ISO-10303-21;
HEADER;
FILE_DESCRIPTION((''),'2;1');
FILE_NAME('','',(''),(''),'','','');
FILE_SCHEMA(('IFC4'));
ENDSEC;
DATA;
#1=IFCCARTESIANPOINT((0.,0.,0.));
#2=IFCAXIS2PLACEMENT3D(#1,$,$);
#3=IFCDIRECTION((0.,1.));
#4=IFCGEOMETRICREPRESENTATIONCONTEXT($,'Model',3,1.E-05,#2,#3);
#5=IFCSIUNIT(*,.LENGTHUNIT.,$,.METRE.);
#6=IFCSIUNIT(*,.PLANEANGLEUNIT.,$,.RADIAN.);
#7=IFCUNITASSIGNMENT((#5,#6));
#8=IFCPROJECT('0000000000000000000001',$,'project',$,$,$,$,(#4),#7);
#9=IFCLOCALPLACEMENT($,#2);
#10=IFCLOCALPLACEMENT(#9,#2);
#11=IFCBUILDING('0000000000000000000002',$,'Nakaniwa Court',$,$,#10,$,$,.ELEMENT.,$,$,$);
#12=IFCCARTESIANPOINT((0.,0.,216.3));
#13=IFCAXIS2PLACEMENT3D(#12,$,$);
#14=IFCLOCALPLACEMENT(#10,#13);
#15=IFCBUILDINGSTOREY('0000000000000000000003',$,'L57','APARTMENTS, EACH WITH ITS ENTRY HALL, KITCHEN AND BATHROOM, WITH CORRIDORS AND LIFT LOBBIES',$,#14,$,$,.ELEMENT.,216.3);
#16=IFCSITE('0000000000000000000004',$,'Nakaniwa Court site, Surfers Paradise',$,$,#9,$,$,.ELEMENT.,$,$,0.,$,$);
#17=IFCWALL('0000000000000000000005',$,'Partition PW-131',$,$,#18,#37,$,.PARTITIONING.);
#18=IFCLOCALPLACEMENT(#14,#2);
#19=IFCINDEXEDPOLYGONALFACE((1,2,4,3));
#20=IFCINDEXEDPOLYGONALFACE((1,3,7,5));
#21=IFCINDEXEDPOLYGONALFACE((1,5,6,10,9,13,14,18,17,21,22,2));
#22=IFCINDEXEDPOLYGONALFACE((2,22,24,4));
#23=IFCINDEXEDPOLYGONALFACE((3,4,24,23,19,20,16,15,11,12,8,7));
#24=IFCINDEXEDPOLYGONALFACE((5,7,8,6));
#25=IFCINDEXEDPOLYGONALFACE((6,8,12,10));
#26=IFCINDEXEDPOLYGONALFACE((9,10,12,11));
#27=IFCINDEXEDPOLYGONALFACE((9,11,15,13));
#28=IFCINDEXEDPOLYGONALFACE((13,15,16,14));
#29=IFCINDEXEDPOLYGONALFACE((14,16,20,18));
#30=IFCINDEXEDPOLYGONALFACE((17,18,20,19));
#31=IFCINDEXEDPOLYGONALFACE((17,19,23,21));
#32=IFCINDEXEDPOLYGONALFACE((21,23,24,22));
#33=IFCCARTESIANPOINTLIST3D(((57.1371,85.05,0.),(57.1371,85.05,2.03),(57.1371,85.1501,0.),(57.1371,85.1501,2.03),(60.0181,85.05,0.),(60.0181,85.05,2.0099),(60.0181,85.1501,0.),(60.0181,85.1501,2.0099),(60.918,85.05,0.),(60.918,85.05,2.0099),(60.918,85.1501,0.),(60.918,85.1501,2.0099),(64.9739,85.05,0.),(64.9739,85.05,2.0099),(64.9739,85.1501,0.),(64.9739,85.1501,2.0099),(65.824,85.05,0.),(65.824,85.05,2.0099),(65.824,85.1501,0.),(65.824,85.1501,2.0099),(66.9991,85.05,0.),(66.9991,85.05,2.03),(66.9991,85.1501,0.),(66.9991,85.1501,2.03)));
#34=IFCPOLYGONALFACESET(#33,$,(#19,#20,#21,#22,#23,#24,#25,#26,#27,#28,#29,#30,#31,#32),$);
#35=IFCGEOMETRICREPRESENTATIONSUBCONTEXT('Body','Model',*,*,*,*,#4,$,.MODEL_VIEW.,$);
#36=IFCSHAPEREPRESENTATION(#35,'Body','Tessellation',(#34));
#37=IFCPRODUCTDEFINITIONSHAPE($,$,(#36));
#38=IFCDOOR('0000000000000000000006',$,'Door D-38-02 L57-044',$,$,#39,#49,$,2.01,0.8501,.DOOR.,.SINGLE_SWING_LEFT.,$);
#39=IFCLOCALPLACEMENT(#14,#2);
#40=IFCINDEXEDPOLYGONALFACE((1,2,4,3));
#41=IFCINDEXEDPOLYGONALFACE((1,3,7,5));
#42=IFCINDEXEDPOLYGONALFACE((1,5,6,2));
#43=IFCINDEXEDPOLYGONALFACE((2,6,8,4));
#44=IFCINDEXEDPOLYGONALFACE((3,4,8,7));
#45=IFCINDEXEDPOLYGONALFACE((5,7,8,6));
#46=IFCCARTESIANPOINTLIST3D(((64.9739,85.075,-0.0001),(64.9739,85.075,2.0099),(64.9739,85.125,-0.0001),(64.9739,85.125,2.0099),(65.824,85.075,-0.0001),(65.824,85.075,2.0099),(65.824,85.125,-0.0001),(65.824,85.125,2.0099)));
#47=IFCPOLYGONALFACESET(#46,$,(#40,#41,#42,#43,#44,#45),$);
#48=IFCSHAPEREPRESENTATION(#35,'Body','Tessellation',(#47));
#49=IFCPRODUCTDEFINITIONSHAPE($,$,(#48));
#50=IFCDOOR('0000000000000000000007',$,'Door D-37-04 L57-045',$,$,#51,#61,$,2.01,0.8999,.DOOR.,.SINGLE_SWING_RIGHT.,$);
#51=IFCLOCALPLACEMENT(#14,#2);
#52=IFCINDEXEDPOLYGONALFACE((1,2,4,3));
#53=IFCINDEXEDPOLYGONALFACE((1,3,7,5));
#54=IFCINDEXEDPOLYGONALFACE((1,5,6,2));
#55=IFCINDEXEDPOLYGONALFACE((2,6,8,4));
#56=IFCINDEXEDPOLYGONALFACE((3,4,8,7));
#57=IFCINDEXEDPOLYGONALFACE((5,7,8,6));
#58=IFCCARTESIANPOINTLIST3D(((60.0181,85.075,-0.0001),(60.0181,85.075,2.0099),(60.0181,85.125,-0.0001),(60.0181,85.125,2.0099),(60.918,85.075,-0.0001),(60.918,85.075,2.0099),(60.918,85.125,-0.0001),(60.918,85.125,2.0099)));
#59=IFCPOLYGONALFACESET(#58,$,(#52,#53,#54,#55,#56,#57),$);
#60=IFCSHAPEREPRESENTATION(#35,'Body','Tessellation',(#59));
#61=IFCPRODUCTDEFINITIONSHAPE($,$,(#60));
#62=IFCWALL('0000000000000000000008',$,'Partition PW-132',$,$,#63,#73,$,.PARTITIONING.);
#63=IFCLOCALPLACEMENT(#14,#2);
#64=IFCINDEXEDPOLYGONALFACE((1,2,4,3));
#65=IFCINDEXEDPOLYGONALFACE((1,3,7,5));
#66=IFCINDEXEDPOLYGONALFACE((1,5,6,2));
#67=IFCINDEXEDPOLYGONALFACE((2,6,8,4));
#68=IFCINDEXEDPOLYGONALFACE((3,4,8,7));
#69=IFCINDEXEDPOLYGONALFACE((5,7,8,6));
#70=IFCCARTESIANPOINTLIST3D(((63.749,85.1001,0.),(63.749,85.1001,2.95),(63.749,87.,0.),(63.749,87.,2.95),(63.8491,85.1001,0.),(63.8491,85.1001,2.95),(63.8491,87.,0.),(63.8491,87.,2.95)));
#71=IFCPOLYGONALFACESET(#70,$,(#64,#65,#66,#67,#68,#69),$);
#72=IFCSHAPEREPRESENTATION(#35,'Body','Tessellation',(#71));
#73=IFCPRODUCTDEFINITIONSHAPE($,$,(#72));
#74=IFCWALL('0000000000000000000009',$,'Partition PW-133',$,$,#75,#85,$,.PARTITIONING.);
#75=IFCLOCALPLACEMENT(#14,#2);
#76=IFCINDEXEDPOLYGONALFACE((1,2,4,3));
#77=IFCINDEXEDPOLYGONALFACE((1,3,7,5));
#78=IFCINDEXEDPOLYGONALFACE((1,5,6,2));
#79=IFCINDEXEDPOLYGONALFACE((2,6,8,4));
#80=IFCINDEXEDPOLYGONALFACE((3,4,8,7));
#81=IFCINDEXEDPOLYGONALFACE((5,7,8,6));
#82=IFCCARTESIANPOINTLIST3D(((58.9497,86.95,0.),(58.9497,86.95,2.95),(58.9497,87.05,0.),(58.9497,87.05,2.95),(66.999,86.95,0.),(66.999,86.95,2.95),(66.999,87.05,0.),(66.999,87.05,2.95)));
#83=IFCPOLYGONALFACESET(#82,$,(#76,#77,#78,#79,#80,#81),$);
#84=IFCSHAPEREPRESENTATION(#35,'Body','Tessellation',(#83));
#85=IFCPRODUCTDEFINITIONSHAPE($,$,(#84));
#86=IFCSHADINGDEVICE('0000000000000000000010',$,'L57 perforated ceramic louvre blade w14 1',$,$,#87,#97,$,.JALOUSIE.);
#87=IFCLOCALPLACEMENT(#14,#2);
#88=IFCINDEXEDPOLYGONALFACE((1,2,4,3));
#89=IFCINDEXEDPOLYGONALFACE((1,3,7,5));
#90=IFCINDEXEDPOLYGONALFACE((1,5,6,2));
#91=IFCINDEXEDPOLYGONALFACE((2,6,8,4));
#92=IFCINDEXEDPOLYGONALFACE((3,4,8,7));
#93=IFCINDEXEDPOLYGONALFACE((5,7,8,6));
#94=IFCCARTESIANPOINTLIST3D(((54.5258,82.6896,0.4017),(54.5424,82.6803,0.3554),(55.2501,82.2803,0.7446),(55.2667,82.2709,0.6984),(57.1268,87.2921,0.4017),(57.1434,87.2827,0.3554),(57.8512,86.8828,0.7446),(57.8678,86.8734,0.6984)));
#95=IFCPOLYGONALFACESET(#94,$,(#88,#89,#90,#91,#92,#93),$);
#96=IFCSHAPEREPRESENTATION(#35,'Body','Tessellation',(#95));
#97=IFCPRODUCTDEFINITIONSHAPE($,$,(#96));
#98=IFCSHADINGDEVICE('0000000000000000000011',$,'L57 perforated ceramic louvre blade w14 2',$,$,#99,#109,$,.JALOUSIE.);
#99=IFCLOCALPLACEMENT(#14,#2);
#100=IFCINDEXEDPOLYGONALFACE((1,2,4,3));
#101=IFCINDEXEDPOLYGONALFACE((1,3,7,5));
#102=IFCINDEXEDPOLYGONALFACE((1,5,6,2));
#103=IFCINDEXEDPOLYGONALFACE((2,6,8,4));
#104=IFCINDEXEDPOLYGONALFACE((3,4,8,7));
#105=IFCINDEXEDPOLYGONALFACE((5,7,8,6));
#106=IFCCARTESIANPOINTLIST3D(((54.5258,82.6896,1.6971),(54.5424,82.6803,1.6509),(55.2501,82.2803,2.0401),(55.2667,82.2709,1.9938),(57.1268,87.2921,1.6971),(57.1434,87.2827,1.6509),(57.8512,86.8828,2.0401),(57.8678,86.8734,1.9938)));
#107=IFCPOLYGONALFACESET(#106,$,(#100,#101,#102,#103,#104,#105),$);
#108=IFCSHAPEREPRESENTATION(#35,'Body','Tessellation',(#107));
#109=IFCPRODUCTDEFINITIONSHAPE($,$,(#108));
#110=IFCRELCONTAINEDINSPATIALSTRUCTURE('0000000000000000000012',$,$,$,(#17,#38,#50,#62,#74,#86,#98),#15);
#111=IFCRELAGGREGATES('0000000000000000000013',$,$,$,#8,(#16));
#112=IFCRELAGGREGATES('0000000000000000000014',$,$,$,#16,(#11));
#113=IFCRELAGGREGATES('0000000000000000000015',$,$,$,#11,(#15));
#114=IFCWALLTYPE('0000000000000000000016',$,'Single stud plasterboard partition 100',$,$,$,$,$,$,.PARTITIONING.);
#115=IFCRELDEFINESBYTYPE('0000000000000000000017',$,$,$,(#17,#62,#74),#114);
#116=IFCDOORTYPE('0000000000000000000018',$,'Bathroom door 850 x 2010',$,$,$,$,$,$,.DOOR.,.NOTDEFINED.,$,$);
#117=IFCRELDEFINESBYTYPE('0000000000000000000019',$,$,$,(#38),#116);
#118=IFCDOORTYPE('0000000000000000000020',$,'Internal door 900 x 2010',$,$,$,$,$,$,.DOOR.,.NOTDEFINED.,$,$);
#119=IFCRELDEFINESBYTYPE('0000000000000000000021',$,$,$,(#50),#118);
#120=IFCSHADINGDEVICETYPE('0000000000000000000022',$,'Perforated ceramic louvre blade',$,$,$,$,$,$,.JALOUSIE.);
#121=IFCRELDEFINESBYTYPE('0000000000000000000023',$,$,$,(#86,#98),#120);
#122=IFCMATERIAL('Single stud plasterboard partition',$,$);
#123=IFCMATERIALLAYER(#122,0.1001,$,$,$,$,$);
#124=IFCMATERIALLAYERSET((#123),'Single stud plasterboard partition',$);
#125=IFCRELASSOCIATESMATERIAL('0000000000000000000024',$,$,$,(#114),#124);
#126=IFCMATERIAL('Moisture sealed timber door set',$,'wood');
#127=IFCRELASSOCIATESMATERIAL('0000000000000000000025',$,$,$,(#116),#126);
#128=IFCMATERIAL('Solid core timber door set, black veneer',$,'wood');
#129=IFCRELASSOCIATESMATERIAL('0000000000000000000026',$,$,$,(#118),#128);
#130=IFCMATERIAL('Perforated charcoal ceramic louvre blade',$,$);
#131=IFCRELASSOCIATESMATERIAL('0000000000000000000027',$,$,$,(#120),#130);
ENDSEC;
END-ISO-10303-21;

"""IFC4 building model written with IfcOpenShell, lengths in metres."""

from ifc_helpers import new_model, si_unit, direction, frame, frame_2d, origin, origin_2d, place, context, subcontext, project, spatial, rectangle, extrude, material, layer, layer_set, material_profile, profile_set, type_object, element, fill, save


model = new_model("IFC4")

# Units and contexts
model_context = context("Model", 3, precision=1e-05, world=origin(), true_north=direction((0.0, 1.0)))
body_context = subcontext(model_context, "Body", "Model", "MODEL_VIEW")
ifc_project = project(units=[si_unit("LENGTHUNIT", "METRE"), si_unit("PLANEANGLEUNIT", "RADIAN")], contexts=[model_context])

# Site, building, storey
site_placement = place(None, origin())
site = spatial("IfcSite", under=ifc_project, at=site_placement, Name="Nakaniwa Court site, Surfers Paradise", CompositionType="ELEMENT", RefElevation=0.0)
building_placement = place(site_placement, origin())
building = spatial("IfcBuilding", under=site, at=building_placement, Name="Nakaniwa Court", CompositionType="ELEMENT")
storey_placement = place(building_placement, frame((0.0, 0.0, 216.3)))
storey = spatial("IfcBuildingStorey", under=building, at=storey_placement, Name="L57", Description="APARTMENTS, EACH WITH ITS ENTRY HALL, KITCHEN AND BATHROOM, WITH CORRIDORS AND LIFT LOBBIES", CompositionType="ELEMENT", Elevation=216.3)

# Wall, openings, doors
ifc_material_1 = material(Name="Single stud plasterboard partition")
ifc_layer_1 = layer(ifc_material_1, 0.1001)
ifc_layer_set_1 = layer_set([ifc_layer_1], Name="Single stud plasterboard partition")
wall_type_1 = type_object("IfcWallType", Name="Single stud plasterboard partition 100", PredefinedType="PARTITIONING", material=ifc_layer_set_1)
wall_1_placement = place(storey_placement, frame((57.137, 85.1001, 0.0), z_axis=(0.0, 0.0, 1.0), x_axis=(1.0, 0.0, 0.0)))
wall_1 = element("IfcWall", 1, at=wall_1_placement, inside=storey, type_object=wall_type_1, Name="Partition PW-131", PredefinedType="PARTITIONING", context=body_context, shape_type="SweptSolid", body=[
    extrude(rectangle(XDim=9.8621, YDim=0.1001, at=frame_2d((4.9312, 0.0))), origin(), (0.0, 0.0, 1.0), 2.03),
])
opening_1_placement = place(wall_1_placement, frame((7.8369, 0.0, 0.0)))
opening_1 = element("IfcOpeningElement", 2, at=opening_1_placement, cuts=wall_1, PredefinedType="OPENING", context=body_context, shape_type="SweptSolid", body=[
    extrude(rectangle(XDim=0.8501, YDim=2.01, at=frame_2d((0.425, 1.0049))), frame((0.0, 0.0601, 0.0), z_axis=(0.0, -1.0, 0.0), x_axis=(1.0, 0.0, 0.0)), (0.0, 0.0, 1.0), 0.1201),
])
opening_2_placement = place(wall_1_placement, frame((2.8811, 0.0, 0.0)))
opening_2 = element("IfcOpeningElement", 3, at=opening_2_placement, cuts=wall_1, PredefinedType="OPENING", context=body_context, shape_type="SweptSolid", body=[
    extrude(rectangle(XDim=0.8999, YDim=2.01, at=frame_2d((0.45, 1.0049))), frame((0.0, 0.0601, 0.0), z_axis=(0.0, -1.0, 0.0), x_axis=(1.0, 0.0, 0.0)), (0.0, 0.0, 1.0), 0.1201),
])
ifc_material_2 = material(Name="Moisture sealed timber door set", Category="wood")
door_type_1 = type_object("IfcDoorType", Name="Bathroom door 850 x 2010", OperationType="NOTDEFINED", PredefinedType="DOOR", material=ifc_material_2)
door_1_placement = place(opening_1_placement, origin())
door_1 = element("IfcDoor", 4, at=door_1_placement, inside=storey, type_object=door_type_1, Name="Door D-38-02 L57-044", OperationType="SINGLE_SWING_LEFT", OverallHeight=2.01, OverallWidth=0.8501, PredefinedType="DOOR", context=body_context, shape_type="SweptSolid", body=[
    extrude(rectangle(XDim=0.8501, YDim=2.01, at=frame_2d((0.425, 1.0049))), frame((0.0, 0.0249, 0.0), z_axis=(0.0, -1.0, 0.0), x_axis=(1.0, 0.0, 0.0)), (0.0, 0.0, 1.0), 0.05),
])
fill(opening_1, door_1)
ifc_material_3 = material(Name="Solid core timber door set, black veneer", Category="wood")
door_type_2 = type_object("IfcDoorType", Name="Internal door 900 x 2010", OperationType="NOTDEFINED", PredefinedType="DOOR", material=ifc_material_3)
door_2_placement = place(opening_2_placement, origin())
door_2 = element("IfcDoor", 5, at=door_2_placement, inside=storey, type_object=door_type_2, Name="Door D-37-04 L57-045", OperationType="SINGLE_SWING_RIGHT", OverallHeight=2.01, OverallWidth=0.8999, PredefinedType="DOOR", context=body_context, shape_type="SweptSolid", body=[
    extrude(rectangle(XDim=0.8999, YDim=2.01, at=frame_2d((0.45, 1.0049))), frame((0.0, 0.0249, 0.0), z_axis=(0.0, -1.0, 0.0), x_axis=(1.0, 0.0, 0.0)), (0.0, 0.0, 1.0), 0.05),
])
fill(opening_2, door_2)

# Walls
wall_2_placement = place(storey_placement, frame((63.7991, 85.1001, 0.0), z_axis=(0.0, 0.0, 1.0), x_axis=(0.0, 1.0, 0.0)))
element("IfcWall", 6, at=wall_2_placement, inside=storey, type_object=wall_type_1, Name="Partition PW-132", PredefinedType="PARTITIONING", context=body_context, shape_type="SweptSolid", body=[
    extrude(rectangle(XDim=1.8999, YDim=0.1001, at=frame_2d((0.95, 0.0))), origin(), (0.0, 0.0, 1.0), 2.95),
])
wall_3_placement = place(storey_placement, frame((58.9497, 87.0, 0.0), z_axis=(0.0, 0.0, 1.0), x_axis=(1.0, 0.0, 0.0)))
element("IfcWall", 7, at=wall_3_placement, inside=storey, type_object=wall_type_1, Name="Partition PW-133", PredefinedType="PARTITIONING", context=body_context, shape_type="SweptSolid", body=[
    extrude(rectangle(XDim=8.0493, YDim=0.1001, at=frame_2d((4.0247, 0.0))), origin(), (0.0, 0.0, 1.0), 2.95),
])

# Shading devices
ifc_material_4 = material(Name="Perforated charcoal ceramic louvre blade")
ifc_material_profile_1 = material_profile(ifc_material_4, rectangle(XDim=0.8999, YDim=0.05, at=origin_2d()), Name="Perforated ceramic louvre blade")
ifc_profile_set_1 = profile_set([ifc_material_profile_1], Name="Perforated charcoal ceramic louvre blade")
shading_device_type = type_object("IfcShadingDeviceType", Name="Perforated ceramic louvre blade", PredefinedType="JALOUSIE", material=ifc_profile_set_1)
for number, where, z_axis, x_axis, name in (
    (8, (57.4973, 87.0828, 0.55), (-0.492006, -0.870592, 0.0), (0.804902, -0.454882, 0.38107), "L57 perforated ceramic louvre blade w14 1"),
    (9, (57.4973, 87.0828, 1.8455), (-0.492006, -0.870592, 0.0), (0.804902, -0.454882, 0.38107), "L57 perforated ceramic louvre blade w14 2"),
):
    element("IfcShadingDevice", number, at=place(storey_placement, frame(where, z_axis=z_axis, x_axis=x_axis)), inside=storey, type_object=shading_device_type, Name=name, PredefinedType="JALOUSIE", context=body_context, shape_type="SweptSolid", body=[
        extrude(rectangle(XDim=0.8999, YDim=0.05, at=origin_2d()), origin(), (0.0, 0.0, 1.0), 5.2866),
    ])

save(model, "model.ifc")
